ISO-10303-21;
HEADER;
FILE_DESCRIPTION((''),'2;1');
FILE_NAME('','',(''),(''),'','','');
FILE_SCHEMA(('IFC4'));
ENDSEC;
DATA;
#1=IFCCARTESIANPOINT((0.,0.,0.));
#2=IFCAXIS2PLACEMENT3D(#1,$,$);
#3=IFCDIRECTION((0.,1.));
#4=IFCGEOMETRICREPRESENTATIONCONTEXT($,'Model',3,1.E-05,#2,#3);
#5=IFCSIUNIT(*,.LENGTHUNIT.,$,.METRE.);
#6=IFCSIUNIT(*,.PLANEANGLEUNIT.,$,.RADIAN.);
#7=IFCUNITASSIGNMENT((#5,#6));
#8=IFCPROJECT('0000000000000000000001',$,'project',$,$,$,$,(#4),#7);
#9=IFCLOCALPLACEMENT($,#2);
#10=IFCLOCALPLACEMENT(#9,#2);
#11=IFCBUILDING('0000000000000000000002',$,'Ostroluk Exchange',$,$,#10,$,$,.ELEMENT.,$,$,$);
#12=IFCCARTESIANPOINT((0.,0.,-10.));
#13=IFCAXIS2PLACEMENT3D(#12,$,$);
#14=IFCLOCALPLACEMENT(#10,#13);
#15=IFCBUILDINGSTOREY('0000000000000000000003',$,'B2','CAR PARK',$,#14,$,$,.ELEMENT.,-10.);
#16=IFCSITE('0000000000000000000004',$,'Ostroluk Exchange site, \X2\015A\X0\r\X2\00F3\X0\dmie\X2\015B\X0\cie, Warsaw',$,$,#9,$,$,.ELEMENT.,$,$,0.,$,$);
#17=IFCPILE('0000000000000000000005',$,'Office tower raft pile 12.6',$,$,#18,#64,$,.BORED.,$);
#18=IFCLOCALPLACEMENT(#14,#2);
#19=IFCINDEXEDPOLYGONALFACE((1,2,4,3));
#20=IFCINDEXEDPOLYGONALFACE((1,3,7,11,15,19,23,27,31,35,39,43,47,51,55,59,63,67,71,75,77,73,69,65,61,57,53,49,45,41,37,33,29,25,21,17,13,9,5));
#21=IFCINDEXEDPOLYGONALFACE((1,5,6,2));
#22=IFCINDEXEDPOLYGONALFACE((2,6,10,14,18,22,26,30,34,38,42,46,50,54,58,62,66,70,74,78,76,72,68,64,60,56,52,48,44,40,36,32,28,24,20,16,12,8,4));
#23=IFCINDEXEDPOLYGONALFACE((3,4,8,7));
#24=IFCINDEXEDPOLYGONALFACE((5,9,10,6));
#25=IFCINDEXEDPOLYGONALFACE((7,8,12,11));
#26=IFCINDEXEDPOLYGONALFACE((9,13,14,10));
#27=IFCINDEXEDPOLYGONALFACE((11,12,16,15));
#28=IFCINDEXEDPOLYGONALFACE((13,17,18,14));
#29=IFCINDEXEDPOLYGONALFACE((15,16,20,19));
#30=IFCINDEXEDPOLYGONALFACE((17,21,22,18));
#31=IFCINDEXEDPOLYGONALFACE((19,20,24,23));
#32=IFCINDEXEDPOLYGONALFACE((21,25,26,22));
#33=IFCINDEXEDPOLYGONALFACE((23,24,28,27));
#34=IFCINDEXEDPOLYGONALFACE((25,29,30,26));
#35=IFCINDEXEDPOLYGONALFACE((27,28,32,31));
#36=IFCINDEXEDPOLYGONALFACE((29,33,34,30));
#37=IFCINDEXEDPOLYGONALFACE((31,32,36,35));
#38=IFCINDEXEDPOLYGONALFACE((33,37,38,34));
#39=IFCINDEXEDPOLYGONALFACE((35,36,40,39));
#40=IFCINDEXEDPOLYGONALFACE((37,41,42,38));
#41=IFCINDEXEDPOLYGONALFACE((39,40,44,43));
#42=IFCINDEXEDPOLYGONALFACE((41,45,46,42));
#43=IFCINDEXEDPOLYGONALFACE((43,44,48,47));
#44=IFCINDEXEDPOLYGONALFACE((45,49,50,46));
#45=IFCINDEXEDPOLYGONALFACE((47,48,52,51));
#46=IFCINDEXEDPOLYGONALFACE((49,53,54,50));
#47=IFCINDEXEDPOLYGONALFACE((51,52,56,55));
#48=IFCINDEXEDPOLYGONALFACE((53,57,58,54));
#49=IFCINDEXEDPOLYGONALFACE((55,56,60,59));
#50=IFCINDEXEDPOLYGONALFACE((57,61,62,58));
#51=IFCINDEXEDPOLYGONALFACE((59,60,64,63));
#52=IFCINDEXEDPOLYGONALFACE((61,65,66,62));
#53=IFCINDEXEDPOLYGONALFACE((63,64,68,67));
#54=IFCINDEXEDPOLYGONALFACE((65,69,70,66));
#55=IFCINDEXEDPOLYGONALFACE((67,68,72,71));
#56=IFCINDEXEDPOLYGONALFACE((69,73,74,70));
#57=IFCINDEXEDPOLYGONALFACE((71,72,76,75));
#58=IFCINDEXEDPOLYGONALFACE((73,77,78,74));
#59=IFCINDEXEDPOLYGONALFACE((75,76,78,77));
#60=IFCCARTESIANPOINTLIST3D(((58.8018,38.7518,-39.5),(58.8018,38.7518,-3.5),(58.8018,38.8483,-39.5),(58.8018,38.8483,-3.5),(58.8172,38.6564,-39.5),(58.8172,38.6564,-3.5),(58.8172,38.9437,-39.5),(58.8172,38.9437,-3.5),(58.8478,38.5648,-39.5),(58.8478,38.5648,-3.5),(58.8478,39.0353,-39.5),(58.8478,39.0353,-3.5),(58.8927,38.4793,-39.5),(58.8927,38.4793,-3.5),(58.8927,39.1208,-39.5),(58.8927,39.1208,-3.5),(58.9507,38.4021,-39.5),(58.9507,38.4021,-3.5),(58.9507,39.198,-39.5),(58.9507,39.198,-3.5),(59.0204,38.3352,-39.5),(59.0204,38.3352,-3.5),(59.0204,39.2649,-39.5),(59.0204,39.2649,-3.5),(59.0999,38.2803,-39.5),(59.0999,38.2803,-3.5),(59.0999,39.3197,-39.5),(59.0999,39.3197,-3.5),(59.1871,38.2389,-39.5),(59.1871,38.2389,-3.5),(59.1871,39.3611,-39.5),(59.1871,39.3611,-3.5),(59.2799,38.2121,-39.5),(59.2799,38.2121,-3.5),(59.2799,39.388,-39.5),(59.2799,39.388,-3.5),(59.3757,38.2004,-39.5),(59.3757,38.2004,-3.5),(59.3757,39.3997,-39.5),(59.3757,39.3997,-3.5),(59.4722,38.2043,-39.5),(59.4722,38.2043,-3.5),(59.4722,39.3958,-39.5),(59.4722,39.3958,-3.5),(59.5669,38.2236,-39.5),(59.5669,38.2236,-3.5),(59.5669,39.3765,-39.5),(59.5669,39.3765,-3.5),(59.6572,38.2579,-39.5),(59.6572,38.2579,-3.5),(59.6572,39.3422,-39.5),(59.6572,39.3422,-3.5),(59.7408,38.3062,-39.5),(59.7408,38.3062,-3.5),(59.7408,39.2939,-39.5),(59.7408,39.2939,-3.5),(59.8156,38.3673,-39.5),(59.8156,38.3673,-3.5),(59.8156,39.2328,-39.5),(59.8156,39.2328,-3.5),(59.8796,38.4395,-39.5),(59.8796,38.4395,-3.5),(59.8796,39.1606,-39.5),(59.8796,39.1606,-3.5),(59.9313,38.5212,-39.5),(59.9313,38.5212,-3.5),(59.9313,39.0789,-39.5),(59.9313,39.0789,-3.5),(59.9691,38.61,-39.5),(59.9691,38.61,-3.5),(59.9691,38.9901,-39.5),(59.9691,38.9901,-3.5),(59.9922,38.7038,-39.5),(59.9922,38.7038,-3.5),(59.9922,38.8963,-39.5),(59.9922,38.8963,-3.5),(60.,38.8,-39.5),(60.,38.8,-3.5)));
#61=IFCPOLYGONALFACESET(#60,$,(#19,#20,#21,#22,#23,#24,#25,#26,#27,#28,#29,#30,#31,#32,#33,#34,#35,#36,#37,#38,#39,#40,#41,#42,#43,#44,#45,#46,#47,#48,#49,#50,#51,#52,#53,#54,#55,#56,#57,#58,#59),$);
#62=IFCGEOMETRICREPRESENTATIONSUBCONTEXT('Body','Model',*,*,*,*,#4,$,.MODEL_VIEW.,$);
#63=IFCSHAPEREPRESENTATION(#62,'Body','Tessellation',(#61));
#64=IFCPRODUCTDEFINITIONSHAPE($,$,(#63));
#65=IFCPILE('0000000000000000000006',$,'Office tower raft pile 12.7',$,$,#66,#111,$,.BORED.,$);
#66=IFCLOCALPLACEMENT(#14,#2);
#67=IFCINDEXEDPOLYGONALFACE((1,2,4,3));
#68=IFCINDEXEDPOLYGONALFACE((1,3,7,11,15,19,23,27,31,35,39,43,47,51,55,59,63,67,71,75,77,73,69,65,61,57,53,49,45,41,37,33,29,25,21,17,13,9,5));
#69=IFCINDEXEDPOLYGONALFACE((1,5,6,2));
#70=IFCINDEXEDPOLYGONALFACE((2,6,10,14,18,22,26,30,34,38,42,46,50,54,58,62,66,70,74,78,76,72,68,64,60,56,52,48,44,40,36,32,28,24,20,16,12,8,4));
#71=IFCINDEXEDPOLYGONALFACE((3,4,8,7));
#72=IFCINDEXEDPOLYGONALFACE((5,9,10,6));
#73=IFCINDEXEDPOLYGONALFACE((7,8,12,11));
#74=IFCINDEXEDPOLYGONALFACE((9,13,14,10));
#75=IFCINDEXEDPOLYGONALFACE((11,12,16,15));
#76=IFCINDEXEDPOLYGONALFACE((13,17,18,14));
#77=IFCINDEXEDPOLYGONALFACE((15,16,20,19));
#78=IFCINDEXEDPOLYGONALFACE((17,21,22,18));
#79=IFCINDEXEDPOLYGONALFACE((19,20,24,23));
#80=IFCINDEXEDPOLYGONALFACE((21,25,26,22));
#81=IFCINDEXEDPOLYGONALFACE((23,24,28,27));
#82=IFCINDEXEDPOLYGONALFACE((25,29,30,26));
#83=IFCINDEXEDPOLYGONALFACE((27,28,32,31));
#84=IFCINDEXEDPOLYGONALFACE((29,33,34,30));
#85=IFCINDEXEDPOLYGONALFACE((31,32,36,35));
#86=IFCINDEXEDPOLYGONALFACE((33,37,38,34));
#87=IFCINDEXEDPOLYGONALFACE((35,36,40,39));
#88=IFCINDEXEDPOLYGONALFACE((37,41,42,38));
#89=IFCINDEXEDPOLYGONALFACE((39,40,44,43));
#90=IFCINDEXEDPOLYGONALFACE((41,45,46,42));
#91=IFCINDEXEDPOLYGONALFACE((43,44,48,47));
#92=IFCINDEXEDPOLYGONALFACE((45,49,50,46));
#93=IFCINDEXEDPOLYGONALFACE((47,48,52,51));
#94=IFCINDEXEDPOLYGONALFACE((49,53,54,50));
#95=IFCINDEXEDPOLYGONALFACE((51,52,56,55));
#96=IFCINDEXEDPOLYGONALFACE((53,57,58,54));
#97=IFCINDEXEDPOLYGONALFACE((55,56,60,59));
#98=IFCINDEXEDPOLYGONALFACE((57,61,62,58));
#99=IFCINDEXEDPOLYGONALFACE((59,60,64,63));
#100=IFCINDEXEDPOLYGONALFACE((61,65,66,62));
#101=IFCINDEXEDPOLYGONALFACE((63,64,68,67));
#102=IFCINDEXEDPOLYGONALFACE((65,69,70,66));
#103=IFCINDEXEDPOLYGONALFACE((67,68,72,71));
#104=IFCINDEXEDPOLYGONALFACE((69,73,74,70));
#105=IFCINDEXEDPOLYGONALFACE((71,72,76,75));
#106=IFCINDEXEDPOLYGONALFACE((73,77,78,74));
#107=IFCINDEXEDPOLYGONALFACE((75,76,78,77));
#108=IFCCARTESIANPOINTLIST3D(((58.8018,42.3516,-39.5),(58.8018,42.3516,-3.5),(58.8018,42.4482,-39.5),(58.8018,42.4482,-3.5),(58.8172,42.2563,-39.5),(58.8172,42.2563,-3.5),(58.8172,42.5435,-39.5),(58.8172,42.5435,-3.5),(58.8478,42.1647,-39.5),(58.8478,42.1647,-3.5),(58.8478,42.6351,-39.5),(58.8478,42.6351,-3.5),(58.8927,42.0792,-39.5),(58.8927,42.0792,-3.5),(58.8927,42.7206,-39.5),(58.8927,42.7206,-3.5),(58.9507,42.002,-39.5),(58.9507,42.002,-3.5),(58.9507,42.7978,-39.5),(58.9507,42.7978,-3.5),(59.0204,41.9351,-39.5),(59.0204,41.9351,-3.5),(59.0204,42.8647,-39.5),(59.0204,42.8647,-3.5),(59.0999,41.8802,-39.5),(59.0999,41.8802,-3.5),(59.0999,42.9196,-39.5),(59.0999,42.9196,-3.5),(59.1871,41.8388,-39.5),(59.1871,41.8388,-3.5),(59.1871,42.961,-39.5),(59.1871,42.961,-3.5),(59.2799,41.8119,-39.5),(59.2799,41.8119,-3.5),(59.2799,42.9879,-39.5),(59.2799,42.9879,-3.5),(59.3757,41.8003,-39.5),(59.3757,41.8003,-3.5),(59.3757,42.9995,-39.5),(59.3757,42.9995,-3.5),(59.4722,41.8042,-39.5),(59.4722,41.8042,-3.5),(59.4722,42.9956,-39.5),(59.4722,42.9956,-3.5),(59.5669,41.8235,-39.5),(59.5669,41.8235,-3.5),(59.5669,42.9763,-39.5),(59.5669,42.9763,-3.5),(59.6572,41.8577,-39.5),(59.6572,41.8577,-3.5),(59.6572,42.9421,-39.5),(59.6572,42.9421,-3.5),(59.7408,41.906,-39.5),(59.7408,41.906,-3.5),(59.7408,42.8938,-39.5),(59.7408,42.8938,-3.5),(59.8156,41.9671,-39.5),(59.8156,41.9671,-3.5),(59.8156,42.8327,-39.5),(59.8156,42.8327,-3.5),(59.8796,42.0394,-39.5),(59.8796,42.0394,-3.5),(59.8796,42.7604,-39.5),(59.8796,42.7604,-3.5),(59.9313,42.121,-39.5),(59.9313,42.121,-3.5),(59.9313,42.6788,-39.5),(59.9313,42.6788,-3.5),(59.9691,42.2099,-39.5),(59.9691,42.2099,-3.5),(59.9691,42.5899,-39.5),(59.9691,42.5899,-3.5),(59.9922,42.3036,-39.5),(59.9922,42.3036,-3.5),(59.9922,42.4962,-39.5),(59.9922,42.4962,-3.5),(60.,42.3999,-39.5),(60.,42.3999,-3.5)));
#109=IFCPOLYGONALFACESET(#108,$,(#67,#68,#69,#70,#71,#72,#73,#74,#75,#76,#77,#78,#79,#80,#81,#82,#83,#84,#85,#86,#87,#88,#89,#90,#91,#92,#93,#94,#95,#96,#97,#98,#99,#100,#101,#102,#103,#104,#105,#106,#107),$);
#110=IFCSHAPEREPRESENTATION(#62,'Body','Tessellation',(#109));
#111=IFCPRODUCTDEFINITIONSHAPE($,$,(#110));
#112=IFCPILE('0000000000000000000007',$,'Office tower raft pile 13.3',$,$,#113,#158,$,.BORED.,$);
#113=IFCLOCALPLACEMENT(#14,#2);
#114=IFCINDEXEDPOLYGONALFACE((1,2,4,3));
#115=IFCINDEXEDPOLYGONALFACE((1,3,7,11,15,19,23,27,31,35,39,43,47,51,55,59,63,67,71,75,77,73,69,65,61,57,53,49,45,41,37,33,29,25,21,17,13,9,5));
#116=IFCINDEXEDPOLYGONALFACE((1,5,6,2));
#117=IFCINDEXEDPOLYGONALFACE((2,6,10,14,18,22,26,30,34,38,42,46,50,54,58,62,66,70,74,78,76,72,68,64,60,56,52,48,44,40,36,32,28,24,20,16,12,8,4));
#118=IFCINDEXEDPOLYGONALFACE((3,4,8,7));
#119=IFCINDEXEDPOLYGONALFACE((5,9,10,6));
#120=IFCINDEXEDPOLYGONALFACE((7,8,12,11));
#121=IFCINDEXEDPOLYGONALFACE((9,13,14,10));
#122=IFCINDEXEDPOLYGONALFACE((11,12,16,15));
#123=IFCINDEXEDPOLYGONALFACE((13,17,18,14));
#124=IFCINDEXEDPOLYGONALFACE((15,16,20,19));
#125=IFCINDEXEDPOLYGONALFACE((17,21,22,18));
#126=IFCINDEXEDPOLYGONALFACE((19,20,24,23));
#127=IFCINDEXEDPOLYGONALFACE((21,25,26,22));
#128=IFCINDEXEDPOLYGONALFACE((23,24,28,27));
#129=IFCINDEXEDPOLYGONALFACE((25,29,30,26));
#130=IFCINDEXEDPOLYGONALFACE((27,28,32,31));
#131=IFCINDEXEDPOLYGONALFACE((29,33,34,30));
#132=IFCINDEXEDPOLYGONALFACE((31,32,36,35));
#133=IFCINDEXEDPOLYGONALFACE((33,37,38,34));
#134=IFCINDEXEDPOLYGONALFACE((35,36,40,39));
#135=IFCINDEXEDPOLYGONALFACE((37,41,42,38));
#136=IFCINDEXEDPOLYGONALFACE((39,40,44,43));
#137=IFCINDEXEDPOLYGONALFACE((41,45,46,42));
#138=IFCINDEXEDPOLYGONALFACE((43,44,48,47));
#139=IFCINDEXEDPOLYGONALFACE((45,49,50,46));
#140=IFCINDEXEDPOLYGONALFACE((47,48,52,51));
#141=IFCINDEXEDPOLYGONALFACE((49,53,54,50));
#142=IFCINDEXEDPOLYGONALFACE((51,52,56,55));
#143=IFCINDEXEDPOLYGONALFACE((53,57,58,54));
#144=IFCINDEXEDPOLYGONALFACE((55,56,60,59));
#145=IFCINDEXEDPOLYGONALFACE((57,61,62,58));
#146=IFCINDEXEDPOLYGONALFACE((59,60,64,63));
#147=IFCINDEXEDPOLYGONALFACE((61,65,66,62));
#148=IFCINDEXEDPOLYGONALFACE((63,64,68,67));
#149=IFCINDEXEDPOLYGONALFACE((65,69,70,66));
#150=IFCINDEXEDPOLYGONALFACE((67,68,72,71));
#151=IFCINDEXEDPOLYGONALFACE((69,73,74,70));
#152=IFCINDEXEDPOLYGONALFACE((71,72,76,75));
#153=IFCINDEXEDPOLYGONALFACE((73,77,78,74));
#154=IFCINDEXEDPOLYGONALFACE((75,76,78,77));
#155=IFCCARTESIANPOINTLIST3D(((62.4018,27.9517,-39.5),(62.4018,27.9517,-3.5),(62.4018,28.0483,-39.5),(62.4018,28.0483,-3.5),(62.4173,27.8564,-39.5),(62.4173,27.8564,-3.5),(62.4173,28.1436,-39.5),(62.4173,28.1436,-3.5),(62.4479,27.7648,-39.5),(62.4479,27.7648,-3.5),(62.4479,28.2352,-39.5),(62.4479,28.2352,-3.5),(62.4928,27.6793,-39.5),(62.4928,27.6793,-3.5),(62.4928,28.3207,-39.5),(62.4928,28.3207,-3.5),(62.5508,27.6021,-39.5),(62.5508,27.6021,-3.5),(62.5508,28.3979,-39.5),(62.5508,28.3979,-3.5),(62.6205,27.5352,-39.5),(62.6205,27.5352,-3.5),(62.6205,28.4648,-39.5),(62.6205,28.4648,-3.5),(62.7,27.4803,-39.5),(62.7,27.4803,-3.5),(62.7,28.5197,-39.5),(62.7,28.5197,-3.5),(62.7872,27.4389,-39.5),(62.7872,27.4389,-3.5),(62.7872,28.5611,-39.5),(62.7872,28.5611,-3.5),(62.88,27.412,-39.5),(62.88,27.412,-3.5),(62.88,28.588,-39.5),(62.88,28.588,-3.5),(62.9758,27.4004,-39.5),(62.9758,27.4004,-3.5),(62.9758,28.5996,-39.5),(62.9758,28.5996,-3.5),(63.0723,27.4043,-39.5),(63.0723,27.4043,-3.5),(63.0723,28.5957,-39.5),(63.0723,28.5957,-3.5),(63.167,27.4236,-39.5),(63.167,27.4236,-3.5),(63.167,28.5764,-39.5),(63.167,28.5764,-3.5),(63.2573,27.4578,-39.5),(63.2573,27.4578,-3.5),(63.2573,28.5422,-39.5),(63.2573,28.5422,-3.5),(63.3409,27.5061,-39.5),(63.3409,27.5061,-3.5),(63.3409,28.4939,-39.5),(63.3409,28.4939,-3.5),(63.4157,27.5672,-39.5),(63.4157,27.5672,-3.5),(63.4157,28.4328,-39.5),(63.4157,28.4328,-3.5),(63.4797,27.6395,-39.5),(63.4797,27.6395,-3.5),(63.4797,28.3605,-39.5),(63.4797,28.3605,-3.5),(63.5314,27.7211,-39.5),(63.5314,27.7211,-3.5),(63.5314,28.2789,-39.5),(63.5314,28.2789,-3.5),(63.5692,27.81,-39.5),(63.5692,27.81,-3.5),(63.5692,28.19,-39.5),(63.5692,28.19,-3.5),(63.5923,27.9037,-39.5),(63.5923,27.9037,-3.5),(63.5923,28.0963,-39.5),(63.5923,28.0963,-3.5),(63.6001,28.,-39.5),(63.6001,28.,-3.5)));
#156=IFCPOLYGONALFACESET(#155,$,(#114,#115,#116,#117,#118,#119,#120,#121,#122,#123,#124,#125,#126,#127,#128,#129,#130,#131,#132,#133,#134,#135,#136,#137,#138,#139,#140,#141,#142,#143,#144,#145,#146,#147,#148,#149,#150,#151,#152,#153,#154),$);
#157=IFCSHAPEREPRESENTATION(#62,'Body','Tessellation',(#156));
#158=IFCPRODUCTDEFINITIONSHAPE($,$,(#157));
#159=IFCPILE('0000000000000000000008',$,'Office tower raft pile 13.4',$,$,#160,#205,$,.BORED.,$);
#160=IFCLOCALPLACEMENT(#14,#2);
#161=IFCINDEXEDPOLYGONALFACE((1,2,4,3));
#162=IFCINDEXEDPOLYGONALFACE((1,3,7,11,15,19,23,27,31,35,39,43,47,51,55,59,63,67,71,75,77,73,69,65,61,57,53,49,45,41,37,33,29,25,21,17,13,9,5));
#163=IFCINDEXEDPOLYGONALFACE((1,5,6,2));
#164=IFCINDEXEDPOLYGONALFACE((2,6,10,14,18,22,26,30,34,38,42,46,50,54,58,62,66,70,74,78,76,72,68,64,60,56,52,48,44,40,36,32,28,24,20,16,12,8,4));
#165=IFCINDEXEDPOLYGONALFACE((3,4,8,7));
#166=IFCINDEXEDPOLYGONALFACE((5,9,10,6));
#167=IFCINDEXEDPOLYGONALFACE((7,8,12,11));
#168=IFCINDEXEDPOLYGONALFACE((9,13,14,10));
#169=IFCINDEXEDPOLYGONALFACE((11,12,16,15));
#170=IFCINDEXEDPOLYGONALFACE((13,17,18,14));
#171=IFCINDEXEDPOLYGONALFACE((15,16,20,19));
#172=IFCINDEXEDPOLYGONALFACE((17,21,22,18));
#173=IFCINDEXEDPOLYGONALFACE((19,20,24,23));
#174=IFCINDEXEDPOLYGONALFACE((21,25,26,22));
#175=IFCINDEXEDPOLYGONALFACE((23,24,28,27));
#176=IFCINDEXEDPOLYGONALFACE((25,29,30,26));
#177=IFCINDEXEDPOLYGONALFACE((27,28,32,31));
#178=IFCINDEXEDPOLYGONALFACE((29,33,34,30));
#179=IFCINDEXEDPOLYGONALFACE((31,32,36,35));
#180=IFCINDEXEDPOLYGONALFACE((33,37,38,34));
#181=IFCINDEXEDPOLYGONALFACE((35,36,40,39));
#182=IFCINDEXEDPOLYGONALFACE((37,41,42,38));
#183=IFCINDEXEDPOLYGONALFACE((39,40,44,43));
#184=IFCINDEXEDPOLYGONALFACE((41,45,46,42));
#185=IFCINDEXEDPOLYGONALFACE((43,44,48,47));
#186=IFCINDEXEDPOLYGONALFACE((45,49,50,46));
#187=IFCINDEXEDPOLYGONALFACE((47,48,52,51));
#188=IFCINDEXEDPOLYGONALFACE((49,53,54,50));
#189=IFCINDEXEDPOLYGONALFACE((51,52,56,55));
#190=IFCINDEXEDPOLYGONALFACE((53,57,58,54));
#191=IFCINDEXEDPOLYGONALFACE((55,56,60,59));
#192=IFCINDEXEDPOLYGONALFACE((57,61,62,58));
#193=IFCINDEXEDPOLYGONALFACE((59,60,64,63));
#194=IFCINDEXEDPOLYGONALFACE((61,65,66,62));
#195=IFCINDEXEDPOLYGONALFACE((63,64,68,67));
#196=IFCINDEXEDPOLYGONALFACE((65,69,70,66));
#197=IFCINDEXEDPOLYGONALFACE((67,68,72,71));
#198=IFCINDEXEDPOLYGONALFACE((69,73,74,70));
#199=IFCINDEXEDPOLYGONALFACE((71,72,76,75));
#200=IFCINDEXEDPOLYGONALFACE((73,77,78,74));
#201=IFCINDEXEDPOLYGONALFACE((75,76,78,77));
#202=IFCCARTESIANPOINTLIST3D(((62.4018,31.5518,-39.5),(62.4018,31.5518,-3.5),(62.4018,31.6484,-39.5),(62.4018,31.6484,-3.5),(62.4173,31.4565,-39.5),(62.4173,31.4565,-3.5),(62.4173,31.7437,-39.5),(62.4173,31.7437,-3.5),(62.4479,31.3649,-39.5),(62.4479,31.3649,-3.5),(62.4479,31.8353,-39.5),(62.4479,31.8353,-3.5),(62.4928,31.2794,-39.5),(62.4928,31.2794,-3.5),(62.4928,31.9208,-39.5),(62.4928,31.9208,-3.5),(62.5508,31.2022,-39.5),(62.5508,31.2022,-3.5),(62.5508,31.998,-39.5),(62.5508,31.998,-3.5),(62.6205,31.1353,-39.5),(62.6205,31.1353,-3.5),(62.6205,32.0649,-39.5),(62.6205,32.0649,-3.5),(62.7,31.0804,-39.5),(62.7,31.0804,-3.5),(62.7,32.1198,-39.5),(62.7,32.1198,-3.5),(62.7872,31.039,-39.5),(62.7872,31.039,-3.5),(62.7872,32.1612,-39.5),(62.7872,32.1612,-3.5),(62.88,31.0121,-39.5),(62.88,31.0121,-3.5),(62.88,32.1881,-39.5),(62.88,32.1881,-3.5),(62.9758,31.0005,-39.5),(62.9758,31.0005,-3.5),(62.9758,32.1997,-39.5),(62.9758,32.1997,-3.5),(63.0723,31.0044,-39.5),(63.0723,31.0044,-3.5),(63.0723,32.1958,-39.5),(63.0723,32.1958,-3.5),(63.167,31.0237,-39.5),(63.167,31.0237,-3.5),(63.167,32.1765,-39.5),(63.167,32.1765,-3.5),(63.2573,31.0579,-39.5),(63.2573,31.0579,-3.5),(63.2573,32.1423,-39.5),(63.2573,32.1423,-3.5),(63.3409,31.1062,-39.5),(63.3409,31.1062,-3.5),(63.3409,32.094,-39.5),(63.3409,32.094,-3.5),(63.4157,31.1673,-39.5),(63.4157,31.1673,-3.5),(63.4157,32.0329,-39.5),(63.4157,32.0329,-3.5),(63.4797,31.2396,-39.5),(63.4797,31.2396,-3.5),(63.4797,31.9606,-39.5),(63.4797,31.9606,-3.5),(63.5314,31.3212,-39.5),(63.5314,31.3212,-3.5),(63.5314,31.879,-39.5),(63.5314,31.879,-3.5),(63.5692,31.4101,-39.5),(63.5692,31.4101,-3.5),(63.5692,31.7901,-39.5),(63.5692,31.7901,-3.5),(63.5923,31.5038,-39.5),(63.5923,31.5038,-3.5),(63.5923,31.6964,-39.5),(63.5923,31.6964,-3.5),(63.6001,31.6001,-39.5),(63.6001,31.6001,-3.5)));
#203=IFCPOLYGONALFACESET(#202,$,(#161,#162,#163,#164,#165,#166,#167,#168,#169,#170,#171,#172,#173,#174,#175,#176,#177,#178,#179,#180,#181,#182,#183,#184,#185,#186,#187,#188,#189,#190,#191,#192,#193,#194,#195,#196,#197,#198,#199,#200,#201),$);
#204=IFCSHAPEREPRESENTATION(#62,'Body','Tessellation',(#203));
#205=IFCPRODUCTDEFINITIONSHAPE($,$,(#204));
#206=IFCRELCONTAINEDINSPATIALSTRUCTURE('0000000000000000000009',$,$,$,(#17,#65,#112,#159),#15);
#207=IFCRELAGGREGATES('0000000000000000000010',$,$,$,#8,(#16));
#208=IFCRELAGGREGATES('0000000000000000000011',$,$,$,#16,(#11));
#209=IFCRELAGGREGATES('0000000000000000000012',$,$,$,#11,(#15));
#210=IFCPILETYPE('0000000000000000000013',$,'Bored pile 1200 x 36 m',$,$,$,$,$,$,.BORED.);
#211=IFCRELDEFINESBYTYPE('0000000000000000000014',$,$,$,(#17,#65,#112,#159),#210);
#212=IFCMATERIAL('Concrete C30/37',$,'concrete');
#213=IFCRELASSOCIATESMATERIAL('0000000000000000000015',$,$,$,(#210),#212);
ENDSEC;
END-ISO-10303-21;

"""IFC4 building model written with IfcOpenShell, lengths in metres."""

from ifc_helpers import new_model, si_unit, direction, frame, origin, origin_2d, place, context, subcontext, project, spatial, circle, extrude, material, type_object, element, save


model = new_model("IFC4")

# Units and contexts
model_context = context("Model", 3, precision=1e-05, world=origin(), true_north=direction((0.0, 1.0)))
body_context = subcontext(model_context, "Body", "Model", "MODEL_VIEW")
ifc_project = project(units=[si_unit("LENGTHUNIT", "METRE"), si_unit("PLANEANGLEUNIT", "RADIAN")], contexts=[model_context])

# Site, building, storey
site_placement = place(None, origin())
site = spatial("IfcSite", under=ifc_project, at=site_placement, Name="Ostroluk Exchange site, Śródmieście, Warsaw", CompositionType="ELEMENT", RefElevation=0.0)
building_placement = place(site_placement, origin())
building = spatial("IfcBuilding", under=site, at=building_placement, Name="Ostroluk Exchange", CompositionType="ELEMENT")
storey_placement = place(building_placement, frame((0.0, 0.0, -10.0)))
storey = spatial("IfcBuildingStorey", under=building, at=storey_placement, Name="B2", Description="CAR PARK", CompositionType="ELEMENT", Elevation=-10.0)

# Piles
ifc_material_1 = material(Name="Concrete C30/37", Category="concrete")
pile_type = type_object("IfcPileType", Name="Bored pile 1200 x 36 m", PredefinedType="BORED", material=ifc_material_1)
for number, where, z_axis, x_axis, name in (
    (1, (59.3999, 38.8, -3.5), (0.0, 0.0, -1.0), (1.0, 0.0, 0.0), "Office tower raft pile 12.6"),
    (2, (59.3999, 42.3999, -3.5), (0.0, 0.0, -1.0), (1.0, 0.0, 0.0), "Office tower raft pile 12.7"),
    (3, (63.0, 28.0, -3.5), (0.0, 0.0, -1.0), (1.0, 0.0, 0.0), "Office tower raft pile 13.3"),
    (4, (63.0, 31.6001, -3.5), (0.0, 0.0, -1.0), (1.0, 0.0, 0.0), "Office tower raft pile 13.4"),
):
    element("IfcPile", number, at=place(storey_placement, frame(where, z_axis=z_axis, x_axis=x_axis)), inside=storey, type_object=pile_type, Name=name, PredefinedType="BORED", context=body_context, shape_type="SweptSolid", body=[
        extrude(circle(Radius=0.6001, at=origin_2d()), origin(), (0.0, 0.0, 1.0), 36.0),
    ])

save(model, "model.ifc")
